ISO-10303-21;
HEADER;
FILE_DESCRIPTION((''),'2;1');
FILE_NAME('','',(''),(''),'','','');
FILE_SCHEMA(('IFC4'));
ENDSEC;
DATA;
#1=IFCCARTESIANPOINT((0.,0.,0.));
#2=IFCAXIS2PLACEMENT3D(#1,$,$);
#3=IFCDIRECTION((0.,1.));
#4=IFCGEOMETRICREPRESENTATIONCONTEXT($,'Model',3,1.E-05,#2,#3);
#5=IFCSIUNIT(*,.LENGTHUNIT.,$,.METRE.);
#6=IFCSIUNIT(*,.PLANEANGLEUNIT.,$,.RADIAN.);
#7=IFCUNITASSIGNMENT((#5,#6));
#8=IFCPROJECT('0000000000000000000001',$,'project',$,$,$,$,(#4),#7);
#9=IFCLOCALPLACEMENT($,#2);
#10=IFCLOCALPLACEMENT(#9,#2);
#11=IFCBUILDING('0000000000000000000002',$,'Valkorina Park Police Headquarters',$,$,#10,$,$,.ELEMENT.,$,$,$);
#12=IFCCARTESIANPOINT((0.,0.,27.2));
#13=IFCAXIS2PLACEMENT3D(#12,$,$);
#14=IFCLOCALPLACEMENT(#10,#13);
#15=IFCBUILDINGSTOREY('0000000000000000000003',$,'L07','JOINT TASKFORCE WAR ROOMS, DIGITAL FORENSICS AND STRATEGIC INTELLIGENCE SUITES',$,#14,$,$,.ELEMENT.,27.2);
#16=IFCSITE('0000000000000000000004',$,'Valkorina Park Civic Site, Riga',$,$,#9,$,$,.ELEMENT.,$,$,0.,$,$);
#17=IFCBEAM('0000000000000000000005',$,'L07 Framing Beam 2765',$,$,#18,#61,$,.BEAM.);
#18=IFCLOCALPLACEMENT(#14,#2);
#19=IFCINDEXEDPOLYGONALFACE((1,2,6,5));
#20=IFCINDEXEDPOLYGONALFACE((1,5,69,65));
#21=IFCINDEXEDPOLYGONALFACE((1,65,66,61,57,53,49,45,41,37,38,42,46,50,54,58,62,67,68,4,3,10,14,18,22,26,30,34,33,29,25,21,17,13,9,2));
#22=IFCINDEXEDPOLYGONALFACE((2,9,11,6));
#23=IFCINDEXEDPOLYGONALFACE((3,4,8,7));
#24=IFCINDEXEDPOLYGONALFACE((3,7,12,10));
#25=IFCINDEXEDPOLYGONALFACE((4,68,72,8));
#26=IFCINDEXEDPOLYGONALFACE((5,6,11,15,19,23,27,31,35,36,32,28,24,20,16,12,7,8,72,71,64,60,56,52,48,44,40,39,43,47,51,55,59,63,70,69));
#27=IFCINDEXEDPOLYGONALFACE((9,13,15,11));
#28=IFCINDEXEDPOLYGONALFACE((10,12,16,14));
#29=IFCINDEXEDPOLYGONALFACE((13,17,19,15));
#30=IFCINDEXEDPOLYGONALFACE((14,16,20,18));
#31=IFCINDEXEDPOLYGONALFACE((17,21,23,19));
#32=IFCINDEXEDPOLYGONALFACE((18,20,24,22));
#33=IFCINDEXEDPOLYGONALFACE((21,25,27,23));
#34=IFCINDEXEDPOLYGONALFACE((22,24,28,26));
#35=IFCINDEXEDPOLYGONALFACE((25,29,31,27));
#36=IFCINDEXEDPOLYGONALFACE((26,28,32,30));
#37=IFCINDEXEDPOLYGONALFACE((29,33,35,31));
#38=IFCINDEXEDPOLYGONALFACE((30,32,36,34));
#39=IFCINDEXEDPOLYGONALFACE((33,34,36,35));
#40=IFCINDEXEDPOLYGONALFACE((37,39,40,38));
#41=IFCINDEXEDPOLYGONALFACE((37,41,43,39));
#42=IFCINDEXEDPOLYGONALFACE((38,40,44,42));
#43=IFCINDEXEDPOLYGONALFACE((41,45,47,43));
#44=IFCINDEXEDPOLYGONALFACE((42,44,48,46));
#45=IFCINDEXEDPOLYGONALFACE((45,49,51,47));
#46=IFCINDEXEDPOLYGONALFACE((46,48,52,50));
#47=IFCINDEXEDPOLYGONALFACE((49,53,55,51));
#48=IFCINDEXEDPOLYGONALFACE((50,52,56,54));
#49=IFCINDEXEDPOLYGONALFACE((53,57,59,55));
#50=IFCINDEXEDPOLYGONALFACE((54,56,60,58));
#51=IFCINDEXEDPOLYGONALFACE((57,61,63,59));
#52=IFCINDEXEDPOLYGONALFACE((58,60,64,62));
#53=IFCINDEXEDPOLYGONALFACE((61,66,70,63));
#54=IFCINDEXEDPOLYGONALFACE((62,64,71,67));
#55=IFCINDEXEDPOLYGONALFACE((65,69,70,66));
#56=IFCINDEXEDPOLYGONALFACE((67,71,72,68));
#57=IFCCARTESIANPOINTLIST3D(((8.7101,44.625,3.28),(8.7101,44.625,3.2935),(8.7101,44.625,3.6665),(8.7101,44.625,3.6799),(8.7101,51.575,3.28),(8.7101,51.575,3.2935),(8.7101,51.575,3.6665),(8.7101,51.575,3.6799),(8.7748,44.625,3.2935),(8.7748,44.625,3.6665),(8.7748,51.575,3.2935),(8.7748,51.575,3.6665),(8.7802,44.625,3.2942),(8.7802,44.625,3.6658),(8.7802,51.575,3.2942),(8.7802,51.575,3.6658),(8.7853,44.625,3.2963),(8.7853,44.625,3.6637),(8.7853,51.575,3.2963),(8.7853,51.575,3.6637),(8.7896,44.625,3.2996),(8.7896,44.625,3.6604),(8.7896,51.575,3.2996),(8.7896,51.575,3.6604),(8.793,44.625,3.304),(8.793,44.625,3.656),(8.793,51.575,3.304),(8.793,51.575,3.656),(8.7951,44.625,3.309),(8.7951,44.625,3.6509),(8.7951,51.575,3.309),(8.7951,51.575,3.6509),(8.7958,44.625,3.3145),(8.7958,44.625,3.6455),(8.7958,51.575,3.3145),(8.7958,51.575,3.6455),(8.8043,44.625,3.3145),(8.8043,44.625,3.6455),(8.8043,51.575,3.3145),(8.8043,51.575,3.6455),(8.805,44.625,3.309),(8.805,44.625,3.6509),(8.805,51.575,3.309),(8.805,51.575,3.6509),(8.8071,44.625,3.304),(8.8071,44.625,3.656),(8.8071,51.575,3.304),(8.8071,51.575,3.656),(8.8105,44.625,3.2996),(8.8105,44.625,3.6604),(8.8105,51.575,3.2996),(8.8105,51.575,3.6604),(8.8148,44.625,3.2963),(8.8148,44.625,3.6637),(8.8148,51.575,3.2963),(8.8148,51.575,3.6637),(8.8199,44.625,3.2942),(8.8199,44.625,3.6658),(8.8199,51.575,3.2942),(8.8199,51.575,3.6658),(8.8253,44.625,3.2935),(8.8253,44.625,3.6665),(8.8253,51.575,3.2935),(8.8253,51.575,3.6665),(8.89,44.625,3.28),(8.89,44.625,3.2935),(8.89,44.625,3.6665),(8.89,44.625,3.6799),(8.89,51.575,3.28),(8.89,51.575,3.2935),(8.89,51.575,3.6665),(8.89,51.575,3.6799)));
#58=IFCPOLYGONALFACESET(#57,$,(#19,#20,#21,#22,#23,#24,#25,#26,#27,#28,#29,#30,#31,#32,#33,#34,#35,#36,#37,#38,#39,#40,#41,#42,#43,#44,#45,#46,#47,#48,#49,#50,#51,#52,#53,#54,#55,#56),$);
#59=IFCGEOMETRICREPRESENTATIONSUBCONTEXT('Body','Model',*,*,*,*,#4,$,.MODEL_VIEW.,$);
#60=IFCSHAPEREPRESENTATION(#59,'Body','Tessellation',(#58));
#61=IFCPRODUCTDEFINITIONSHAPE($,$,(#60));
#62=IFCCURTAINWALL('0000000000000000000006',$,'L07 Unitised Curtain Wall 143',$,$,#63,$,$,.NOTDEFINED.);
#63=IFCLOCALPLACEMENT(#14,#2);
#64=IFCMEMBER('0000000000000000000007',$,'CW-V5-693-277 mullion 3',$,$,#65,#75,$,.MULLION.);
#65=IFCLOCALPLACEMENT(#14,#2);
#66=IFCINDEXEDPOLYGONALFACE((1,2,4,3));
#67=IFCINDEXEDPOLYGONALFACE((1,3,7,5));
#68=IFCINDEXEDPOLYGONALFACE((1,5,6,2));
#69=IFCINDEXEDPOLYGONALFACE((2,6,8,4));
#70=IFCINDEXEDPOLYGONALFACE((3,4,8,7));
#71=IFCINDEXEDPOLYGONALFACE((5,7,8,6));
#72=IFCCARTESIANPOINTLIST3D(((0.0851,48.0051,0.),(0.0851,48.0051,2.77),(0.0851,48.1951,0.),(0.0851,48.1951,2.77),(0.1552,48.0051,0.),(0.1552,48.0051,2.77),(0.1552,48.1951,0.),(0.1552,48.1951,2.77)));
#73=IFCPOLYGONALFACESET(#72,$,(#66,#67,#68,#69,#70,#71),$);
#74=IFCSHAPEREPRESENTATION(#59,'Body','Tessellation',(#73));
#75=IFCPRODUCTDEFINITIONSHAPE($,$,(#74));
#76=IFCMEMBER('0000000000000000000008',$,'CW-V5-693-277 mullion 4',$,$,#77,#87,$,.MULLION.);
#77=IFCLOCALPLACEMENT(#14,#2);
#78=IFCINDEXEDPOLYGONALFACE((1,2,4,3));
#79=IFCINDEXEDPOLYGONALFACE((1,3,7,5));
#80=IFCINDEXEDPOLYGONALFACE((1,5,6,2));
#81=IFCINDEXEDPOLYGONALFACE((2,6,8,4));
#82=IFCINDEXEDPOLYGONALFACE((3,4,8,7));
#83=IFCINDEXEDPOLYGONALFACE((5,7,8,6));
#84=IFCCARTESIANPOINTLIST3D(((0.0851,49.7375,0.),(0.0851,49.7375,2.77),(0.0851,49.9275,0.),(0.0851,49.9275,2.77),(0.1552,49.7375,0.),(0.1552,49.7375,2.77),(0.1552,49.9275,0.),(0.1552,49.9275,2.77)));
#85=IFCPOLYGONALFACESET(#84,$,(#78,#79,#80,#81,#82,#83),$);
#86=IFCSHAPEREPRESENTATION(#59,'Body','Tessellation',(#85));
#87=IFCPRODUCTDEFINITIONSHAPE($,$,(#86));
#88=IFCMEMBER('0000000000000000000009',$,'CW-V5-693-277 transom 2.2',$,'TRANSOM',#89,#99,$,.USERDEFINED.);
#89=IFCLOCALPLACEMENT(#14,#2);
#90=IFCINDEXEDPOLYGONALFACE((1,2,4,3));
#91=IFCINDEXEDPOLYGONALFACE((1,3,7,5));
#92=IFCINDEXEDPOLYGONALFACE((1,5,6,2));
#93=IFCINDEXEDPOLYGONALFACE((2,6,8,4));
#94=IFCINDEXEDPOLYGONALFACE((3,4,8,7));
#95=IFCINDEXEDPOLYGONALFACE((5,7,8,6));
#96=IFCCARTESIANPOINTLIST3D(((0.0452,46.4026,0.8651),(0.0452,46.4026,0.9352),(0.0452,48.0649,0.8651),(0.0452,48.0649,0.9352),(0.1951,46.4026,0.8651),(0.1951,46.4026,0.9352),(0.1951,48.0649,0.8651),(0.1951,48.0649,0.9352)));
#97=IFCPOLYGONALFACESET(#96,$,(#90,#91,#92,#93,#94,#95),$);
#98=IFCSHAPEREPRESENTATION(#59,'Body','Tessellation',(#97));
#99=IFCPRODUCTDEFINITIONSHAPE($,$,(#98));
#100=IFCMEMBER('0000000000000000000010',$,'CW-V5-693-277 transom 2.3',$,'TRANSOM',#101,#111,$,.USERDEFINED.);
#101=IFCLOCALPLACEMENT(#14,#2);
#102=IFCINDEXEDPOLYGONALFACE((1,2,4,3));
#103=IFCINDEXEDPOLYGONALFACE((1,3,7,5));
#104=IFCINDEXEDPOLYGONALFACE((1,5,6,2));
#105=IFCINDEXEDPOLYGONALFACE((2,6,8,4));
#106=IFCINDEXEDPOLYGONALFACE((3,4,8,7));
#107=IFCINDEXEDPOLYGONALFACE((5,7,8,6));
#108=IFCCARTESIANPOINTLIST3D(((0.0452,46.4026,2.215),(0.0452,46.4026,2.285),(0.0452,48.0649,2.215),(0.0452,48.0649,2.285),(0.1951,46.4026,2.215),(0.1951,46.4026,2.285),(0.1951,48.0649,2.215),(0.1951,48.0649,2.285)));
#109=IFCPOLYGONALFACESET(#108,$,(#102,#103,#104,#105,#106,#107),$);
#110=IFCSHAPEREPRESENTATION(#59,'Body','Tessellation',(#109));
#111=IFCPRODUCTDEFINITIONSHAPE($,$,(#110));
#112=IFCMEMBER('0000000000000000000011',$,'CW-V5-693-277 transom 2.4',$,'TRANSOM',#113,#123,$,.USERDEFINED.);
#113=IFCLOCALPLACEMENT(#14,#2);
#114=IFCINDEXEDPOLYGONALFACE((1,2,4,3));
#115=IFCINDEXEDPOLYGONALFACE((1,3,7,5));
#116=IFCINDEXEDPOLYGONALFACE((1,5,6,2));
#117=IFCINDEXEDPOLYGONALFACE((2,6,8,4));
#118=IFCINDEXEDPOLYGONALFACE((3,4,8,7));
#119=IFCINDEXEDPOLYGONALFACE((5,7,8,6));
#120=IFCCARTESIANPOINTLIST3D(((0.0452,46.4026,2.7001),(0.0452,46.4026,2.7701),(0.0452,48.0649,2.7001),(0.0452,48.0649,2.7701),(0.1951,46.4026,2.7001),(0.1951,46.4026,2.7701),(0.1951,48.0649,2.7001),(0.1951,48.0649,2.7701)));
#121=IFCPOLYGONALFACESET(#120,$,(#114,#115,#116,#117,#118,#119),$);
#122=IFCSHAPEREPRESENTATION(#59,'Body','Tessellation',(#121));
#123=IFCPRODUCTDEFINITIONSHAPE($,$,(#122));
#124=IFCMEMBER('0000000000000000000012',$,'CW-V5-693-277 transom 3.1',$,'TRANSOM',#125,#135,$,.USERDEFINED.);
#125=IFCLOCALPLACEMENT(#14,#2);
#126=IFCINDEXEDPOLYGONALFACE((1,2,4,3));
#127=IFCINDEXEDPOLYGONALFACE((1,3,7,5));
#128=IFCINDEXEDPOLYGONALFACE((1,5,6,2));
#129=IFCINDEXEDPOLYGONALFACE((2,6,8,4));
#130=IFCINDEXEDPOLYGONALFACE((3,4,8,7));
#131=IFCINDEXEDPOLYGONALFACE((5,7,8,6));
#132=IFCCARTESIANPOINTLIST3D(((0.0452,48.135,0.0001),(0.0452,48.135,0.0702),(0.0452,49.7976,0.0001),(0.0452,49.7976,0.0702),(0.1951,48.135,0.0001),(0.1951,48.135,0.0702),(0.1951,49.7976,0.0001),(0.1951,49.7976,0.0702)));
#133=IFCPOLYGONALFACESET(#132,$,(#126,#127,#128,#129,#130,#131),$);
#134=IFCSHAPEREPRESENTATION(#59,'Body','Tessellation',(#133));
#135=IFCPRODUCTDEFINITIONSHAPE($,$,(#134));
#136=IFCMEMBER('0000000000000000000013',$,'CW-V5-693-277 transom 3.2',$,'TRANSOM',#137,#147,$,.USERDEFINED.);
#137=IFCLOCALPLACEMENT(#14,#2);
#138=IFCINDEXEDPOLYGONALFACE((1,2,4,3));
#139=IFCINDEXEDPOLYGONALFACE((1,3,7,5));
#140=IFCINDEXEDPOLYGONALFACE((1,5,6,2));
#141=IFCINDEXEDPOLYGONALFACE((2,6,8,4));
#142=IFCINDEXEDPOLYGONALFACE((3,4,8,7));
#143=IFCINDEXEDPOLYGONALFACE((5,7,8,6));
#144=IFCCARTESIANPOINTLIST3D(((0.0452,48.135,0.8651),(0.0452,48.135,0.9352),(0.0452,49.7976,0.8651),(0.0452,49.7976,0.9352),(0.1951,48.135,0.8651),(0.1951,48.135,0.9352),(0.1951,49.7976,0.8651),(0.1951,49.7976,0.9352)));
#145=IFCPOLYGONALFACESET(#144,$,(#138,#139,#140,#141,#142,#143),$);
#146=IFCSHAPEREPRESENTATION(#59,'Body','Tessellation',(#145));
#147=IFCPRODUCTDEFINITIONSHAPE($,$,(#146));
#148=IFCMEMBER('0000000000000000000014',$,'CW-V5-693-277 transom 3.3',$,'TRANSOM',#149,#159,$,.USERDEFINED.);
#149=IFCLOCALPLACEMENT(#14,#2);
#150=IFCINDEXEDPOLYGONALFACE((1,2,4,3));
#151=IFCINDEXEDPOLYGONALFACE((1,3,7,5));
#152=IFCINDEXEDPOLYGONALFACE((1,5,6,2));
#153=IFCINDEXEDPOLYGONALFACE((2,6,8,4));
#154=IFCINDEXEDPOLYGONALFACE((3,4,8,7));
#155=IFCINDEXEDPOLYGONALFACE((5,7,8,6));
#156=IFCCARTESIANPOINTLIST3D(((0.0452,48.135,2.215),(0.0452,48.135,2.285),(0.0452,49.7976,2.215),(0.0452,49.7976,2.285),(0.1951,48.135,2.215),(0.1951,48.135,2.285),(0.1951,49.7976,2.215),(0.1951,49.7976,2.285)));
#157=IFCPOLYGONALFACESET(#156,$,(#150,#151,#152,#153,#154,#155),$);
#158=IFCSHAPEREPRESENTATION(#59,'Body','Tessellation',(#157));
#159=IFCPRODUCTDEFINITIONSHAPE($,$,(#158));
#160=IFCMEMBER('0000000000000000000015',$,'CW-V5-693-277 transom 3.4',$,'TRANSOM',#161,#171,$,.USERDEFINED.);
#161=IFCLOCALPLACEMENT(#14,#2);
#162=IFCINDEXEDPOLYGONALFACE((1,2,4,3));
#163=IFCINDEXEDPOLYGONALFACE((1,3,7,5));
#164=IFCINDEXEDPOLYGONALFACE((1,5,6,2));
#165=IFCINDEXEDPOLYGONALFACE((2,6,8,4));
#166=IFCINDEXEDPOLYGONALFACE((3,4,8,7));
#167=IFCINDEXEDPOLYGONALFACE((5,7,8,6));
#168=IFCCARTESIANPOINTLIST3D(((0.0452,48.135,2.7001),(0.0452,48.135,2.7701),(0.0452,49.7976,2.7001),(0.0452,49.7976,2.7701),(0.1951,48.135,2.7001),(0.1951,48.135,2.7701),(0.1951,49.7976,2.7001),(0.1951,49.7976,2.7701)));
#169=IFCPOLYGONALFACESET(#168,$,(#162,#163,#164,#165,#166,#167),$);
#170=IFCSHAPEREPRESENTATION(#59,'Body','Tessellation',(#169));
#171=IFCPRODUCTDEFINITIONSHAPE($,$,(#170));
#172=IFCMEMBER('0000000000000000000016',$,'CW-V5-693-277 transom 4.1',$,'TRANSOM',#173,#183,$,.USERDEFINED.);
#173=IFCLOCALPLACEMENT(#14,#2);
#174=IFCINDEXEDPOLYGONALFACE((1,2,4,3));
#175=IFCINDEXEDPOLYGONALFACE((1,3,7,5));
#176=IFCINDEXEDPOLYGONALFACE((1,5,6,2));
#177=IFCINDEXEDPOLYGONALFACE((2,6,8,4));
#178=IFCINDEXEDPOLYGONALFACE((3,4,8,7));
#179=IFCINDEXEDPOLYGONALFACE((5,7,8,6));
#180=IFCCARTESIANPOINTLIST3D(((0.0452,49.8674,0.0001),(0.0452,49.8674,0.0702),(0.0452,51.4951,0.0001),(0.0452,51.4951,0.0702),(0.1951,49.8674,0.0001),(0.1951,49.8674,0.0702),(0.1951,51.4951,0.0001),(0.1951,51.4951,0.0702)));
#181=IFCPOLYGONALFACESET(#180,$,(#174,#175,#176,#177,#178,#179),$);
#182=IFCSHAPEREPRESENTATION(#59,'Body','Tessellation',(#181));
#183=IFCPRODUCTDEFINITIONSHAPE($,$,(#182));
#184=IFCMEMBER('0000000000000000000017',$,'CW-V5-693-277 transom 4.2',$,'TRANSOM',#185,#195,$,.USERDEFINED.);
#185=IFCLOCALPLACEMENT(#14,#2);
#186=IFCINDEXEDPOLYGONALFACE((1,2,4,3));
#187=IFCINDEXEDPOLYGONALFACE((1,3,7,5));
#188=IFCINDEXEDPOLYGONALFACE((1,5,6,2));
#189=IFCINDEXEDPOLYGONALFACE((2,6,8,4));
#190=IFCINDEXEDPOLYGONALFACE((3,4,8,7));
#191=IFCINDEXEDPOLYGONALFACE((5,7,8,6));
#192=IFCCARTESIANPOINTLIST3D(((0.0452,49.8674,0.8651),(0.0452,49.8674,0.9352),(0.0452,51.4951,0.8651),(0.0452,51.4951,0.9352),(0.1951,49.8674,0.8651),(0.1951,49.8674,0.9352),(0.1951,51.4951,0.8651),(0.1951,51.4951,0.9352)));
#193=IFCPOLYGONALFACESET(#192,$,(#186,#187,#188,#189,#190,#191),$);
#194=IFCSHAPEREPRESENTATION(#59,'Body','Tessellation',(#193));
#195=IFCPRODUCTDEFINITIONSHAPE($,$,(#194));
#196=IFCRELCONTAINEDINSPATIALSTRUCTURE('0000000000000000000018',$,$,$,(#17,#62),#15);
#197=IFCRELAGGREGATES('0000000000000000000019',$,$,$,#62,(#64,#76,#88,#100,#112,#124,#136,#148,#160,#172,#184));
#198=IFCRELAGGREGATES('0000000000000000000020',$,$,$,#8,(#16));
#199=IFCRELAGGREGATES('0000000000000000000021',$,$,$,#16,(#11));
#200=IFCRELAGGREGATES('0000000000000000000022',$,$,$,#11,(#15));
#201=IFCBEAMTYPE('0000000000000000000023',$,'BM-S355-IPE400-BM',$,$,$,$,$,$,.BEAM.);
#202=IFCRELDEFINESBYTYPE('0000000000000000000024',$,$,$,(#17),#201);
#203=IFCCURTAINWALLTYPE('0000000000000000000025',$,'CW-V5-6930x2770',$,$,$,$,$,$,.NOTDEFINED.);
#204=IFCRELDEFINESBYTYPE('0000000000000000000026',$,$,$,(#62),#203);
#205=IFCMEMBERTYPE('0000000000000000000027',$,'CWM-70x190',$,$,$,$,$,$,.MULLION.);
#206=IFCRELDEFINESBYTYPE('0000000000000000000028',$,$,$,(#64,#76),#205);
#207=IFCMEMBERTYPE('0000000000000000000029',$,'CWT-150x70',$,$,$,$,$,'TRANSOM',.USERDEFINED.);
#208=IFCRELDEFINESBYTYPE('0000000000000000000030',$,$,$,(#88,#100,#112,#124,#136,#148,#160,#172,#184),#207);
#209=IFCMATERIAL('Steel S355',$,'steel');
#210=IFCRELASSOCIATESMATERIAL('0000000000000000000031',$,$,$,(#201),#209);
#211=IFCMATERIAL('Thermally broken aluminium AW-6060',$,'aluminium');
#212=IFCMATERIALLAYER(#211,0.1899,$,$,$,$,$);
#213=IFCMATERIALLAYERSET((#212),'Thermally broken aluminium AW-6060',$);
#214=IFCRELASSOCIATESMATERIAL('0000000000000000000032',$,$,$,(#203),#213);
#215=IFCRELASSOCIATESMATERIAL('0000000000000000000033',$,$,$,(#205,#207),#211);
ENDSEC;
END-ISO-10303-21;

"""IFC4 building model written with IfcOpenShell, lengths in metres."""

from ifc_helpers import new_model, si_unit, direction, frame, origin, origin_2d, place, context, subcontext, project, spatial, rectangle, i_section, extrude, material, layer, layer_set, material_profile, profile_set, type_object, element, aggregate, save


model = new_model("IFC4")

# Units and contexts
model_context = context("Model", 3, precision=1e-05, world=origin(), true_north=direction((0.0, 1.0)))
body_context = subcontext(model_context, "Body", "Model", "MODEL_VIEW")
ifc_project = project(units=[si_unit("LENGTHUNIT", "METRE"), si_unit("PLANEANGLEUNIT", "RADIAN")], contexts=[model_context])

# Site, building, storey
site_placement = place(None, origin())
site = spatial("IfcSite", under=ifc_project, at=site_placement, Name="Valkorina Park Civic Site, Riga", CompositionType="ELEMENT", RefElevation=0.0)
building_placement = place(site_placement, origin())
building = spatial("IfcBuilding", under=site, at=building_placement, Name="Valkorina Park Police Headquarters", CompositionType="ELEMENT")
storey_placement = place(building_placement, frame((0.0, 0.0, 27.2)))
storey = spatial("IfcBuildingStorey", under=building, at=storey_placement, Name="L07", Description="JOINT TASKFORCE WAR ROOMS, DIGITAL FORENSICS AND STRATEGIC INTELLIGENCE SUITES", CompositionType="ELEMENT", Elevation=27.2)

# Beam
ifc_material_1 = material(Name="Steel S355", Category="steel")
ifc_material_profile_1 = material_profile(ifc_material_1, i_section(OverallWidth=0.1799, OverallDepth=0.3999, WebThickness=0.0085, FlangeThickness=0.0134, FilletRadius=0.021, at=origin_2d()), Name="IPE 400")
ifc_profile_set_1 = profile_set([ifc_material_profile_1], Name="Steel S355")
beam_type = type_object("IfcBeamType", Name="BM-S355-IPE400-BM", PredefinedType="BEAM", material=ifc_profile_set_1)
beam_placement = place(storey_placement, frame((8.8, 44.625, 3.48), z_axis=(0.0, 1.0, 0.0), x_axis=(-1.0, 0.0, 0.0)))
element("IfcBeam", 1, at=beam_placement, inside=storey, type_object=beam_type, Name="L07 Framing Beam 2765", PredefinedType="BEAM", context=body_context, shape_type="SweptSolid", body=[
    extrude(i_section(OverallWidth=0.1799, OverallDepth=0.3999, WebThickness=0.0085, FlangeThickness=0.0134, FilletRadius=0.021, at=origin_2d()), origin(), (0.0, 0.0, 1.0), 6.95),
])

# Curtain wall, members
ifc_material_2 = material(Name="Thermally broken aluminium AW-6060", Category="aluminium")
ifc_layer_1 = layer(ifc_material_2, 0.1899)
ifc_layer_set_1 = layer_set([ifc_layer_1], Name="Thermally broken aluminium AW-6060")
curtain_wall_type = type_object("IfcCurtainWallType", Name="CW-V5-6930x2770", PredefinedType="NOTDEFINED", material=ifc_layer_set_1)
curtain_wall_placement = place(storey_placement, origin())
curtain_wall = element("IfcCurtainWall", 2, at=curtain_wall_placement, inside=storey, type_object=curtain_wall_type, Name="L07 Unitised Curtain Wall 143", PredefinedType="NOTDEFINED")
ifc_material_profile_2 = material_profile(ifc_material_2, rectangle(XDim=0.0701, YDim=0.1899, at=origin_2d()), Name="CWM-02 70x190")
ifc_profile_set_2 = profile_set([ifc_material_profile_2], Name="Thermally broken aluminium AW-6060")
member_type_1 = type_object("IfcMemberType", Name="CWM-70x190", PredefinedType="MULLION", material=ifc_profile_set_2)
member_1_placement = place(storey_placement, frame((0.1201, 48.1001, 0.0), z_axis=(0.0, 0.0, 1.0), x_axis=(-1.0, 0.0, 0.0)))
member_1 = element("IfcMember", 3, at=member_1_placement, type_object=member_type_1, Name="CW-V5-693-277 mullion 3", PredefinedType="MULLION", context=body_context, shape_type="SweptSolid", body=[
    extrude(rectangle(XDim=0.0701, YDim=0.1899, at=origin_2d()), origin(), (0.0, 0.0, 1.0), 2.77),
])
member_2_placement = place(storey_placement, frame((0.1201, 49.8325, 0.0), z_axis=(0.0, 0.0, 1.0), x_axis=(-1.0, 0.0, 0.0)))
member_2 = element("IfcMember", 4, at=member_2_placement, type_object=member_type_1, Name="CW-V5-693-277 mullion 4", PredefinedType="MULLION", context=body_context, shape_type="SweptSolid", body=[
    extrude(rectangle(XDim=0.0701, YDim=0.1899, at=origin_2d()), origin(), (0.0, 0.0, 1.0), 2.77),
])
ifc_material_profile_3 = material_profile(ifc_material_2, rectangle(XDim=0.1499, YDim=0.0701, at=origin_2d()), Name="CWT-02 150x70")
ifc_profile_set_3 = profile_set([ifc_material_profile_3], Name="Thermally broken aluminium AW-6060")
member_type_2 = type_object("IfcMemberType", Name="CWT-150x70", ElementType="TRANSOM", PredefinedType="USERDEFINED", material=ifc_profile_set_3)
member_3_placement = place(storey_placement, frame((0.1201, 46.4026, 0.9001), z_axis=(0.0, 1.0, 0.0), x_axis=(-1.0, 0.0, 0.0)))
member_3 = element("IfcMember", 5, at=member_3_placement, type_object=member_type_2, Name="CW-V5-693-277 transom 2.2", ObjectType="TRANSOM", PredefinedType="USERDEFINED", context=body_context, shape_type="SweptSolid", body=[
    extrude(rectangle(XDim=0.1499, YDim=0.0701, at=origin_2d()), origin(), (0.0, 0.0, 1.0), 1.6624),
])
member_4_placement = place(storey_placement, frame((0.1201, 46.4026, 2.25), z_axis=(0.0, 1.0, 0.0), x_axis=(-1.0, 0.0, 0.0)))
member_4 = element("IfcMember", 6, at=member_4_placement, type_object=member_type_2, Name="CW-V5-693-277 transom 2.3", ObjectType="TRANSOM", PredefinedType="USERDEFINED", context=body_context, shape_type="SweptSolid", body=[
    extrude(rectangle(XDim=0.1499, YDim=0.0701, at=origin_2d()), origin(), (0.0, 0.0, 1.0), 1.6624),
])
member_5_placement = place(storey_placement, frame((0.1201, 46.4026, 2.7351), z_axis=(0.0, 1.0, 0.0), x_axis=(-1.0, 0.0, 0.0)))
member_5 = element("IfcMember", 7, at=member_5_placement, type_object=member_type_2, Name="CW-V5-693-277 transom 2.4", ObjectType="TRANSOM", PredefinedType="USERDEFINED", context=body_context, shape_type="SweptSolid", body=[
    extrude(rectangle(XDim=0.1499, YDim=0.0701, at=origin_2d()), origin(), (0.0, 0.0, 1.0), 1.6624),
])
member_6_placement = place(storey_placement, frame((0.1201, 48.135, 0.0352), z_axis=(0.0, 1.0, 0.0), x_axis=(-1.0, 0.0, 0.0)))
member_6 = element("IfcMember", 8, at=member_6_placement, type_object=member_type_2, Name="CW-V5-693-277 transom 3.1", ObjectType="TRANSOM", PredefinedType="USERDEFINED", context=body_context, shape_type="SweptSolid", body=[
    extrude(rectangle(XDim=0.1499, YDim=0.0701, at=origin_2d()), origin(), (0.0, 0.0, 1.0), 1.6626),
])
member_7_placement = place(storey_placement, frame((0.1201, 48.135, 0.9001), z_axis=(0.0, 1.0, 0.0), x_axis=(-1.0, 0.0, 0.0)))
member_7 = element("IfcMember", 9, at=member_7_placement, type_object=member_type_2, Name="CW-V5-693-277 transom 3.2", ObjectType="TRANSOM", PredefinedType="USERDEFINED", context=body_context, shape_type="SweptSolid", body=[
    extrude(rectangle(XDim=0.1499, YDim=0.0701, at=origin_2d()), origin(), (0.0, 0.0, 1.0), 1.6626),
])
member_8_placement = place(storey_placement, frame((0.1201, 48.135, 2.25), z_axis=(0.0, 1.0, 0.0), x_axis=(-1.0, 0.0, 0.0)))
member_8 = element("IfcMember", 10, at=member_8_placement, type_object=member_type_2, Name="CW-V5-693-277 transom 3.3", ObjectType="TRANSOM", PredefinedType="USERDEFINED", context=body_context, shape_type="SweptSolid", body=[
    extrude(rectangle(XDim=0.1499, YDim=0.0701, at=origin_2d()), origin(), (0.0, 0.0, 1.0), 1.6626),
])
member_9_placement = place(storey_placement, frame((0.1201, 48.135, 2.7351), z_axis=(0.0, 1.0, 0.0), x_axis=(-1.0, 0.0, 0.0)))
member_9 = element("IfcMember", 11, at=member_9_placement, type_object=member_type_2, Name="CW-V5-693-277 transom 3.4", ObjectType="TRANSOM", PredefinedType="USERDEFINED", context=body_context, shape_type="SweptSolid", body=[
    extrude(rectangle(XDim=0.1499, YDim=0.0701, at=origin_2d()), origin(), (0.0, 0.0, 1.0), 1.6626),
])
member_10_placement = place(storey_placement, frame((0.1201, 49.8674, 0.0352), z_axis=(0.0, 1.0, 0.0), x_axis=(-1.0, 0.0, 0.0)))
member_10 = element("IfcMember", 12, at=member_10_placement, type_object=member_type_2, Name="CW-V5-693-277 transom 4.1", ObjectType="TRANSOM", PredefinedType="USERDEFINED", context=body_context, shape_type="SweptSolid", body=[
    extrude(rectangle(XDim=0.1499, YDim=0.0701, at=origin_2d()), origin(), (0.0, 0.0, 1.0), 1.6277),
])
member_11_placement = place(storey_placement, frame((0.1201, 49.8674, 0.9001), z_axis=(0.0, 1.0, 0.0), x_axis=(-1.0, 0.0, 0.0)))
member_11 = element("IfcMember", 13, at=member_11_placement, type_object=member_type_2, Name="CW-V5-693-277 transom 4.2", ObjectType="TRANSOM", PredefinedType="USERDEFINED", context=body_context, shape_type="SweptSolid", body=[
    extrude(rectangle(XDim=0.1499, YDim=0.0701, at=origin_2d()), origin(), (0.0, 0.0, 1.0), 1.6277),
])
aggregate(curtain_wall, [member_1, member_2, member_3, member_4, member_5, member_6, member_7, member_8, member_9, member_10, member_11])

save(model, "model.ifc")
